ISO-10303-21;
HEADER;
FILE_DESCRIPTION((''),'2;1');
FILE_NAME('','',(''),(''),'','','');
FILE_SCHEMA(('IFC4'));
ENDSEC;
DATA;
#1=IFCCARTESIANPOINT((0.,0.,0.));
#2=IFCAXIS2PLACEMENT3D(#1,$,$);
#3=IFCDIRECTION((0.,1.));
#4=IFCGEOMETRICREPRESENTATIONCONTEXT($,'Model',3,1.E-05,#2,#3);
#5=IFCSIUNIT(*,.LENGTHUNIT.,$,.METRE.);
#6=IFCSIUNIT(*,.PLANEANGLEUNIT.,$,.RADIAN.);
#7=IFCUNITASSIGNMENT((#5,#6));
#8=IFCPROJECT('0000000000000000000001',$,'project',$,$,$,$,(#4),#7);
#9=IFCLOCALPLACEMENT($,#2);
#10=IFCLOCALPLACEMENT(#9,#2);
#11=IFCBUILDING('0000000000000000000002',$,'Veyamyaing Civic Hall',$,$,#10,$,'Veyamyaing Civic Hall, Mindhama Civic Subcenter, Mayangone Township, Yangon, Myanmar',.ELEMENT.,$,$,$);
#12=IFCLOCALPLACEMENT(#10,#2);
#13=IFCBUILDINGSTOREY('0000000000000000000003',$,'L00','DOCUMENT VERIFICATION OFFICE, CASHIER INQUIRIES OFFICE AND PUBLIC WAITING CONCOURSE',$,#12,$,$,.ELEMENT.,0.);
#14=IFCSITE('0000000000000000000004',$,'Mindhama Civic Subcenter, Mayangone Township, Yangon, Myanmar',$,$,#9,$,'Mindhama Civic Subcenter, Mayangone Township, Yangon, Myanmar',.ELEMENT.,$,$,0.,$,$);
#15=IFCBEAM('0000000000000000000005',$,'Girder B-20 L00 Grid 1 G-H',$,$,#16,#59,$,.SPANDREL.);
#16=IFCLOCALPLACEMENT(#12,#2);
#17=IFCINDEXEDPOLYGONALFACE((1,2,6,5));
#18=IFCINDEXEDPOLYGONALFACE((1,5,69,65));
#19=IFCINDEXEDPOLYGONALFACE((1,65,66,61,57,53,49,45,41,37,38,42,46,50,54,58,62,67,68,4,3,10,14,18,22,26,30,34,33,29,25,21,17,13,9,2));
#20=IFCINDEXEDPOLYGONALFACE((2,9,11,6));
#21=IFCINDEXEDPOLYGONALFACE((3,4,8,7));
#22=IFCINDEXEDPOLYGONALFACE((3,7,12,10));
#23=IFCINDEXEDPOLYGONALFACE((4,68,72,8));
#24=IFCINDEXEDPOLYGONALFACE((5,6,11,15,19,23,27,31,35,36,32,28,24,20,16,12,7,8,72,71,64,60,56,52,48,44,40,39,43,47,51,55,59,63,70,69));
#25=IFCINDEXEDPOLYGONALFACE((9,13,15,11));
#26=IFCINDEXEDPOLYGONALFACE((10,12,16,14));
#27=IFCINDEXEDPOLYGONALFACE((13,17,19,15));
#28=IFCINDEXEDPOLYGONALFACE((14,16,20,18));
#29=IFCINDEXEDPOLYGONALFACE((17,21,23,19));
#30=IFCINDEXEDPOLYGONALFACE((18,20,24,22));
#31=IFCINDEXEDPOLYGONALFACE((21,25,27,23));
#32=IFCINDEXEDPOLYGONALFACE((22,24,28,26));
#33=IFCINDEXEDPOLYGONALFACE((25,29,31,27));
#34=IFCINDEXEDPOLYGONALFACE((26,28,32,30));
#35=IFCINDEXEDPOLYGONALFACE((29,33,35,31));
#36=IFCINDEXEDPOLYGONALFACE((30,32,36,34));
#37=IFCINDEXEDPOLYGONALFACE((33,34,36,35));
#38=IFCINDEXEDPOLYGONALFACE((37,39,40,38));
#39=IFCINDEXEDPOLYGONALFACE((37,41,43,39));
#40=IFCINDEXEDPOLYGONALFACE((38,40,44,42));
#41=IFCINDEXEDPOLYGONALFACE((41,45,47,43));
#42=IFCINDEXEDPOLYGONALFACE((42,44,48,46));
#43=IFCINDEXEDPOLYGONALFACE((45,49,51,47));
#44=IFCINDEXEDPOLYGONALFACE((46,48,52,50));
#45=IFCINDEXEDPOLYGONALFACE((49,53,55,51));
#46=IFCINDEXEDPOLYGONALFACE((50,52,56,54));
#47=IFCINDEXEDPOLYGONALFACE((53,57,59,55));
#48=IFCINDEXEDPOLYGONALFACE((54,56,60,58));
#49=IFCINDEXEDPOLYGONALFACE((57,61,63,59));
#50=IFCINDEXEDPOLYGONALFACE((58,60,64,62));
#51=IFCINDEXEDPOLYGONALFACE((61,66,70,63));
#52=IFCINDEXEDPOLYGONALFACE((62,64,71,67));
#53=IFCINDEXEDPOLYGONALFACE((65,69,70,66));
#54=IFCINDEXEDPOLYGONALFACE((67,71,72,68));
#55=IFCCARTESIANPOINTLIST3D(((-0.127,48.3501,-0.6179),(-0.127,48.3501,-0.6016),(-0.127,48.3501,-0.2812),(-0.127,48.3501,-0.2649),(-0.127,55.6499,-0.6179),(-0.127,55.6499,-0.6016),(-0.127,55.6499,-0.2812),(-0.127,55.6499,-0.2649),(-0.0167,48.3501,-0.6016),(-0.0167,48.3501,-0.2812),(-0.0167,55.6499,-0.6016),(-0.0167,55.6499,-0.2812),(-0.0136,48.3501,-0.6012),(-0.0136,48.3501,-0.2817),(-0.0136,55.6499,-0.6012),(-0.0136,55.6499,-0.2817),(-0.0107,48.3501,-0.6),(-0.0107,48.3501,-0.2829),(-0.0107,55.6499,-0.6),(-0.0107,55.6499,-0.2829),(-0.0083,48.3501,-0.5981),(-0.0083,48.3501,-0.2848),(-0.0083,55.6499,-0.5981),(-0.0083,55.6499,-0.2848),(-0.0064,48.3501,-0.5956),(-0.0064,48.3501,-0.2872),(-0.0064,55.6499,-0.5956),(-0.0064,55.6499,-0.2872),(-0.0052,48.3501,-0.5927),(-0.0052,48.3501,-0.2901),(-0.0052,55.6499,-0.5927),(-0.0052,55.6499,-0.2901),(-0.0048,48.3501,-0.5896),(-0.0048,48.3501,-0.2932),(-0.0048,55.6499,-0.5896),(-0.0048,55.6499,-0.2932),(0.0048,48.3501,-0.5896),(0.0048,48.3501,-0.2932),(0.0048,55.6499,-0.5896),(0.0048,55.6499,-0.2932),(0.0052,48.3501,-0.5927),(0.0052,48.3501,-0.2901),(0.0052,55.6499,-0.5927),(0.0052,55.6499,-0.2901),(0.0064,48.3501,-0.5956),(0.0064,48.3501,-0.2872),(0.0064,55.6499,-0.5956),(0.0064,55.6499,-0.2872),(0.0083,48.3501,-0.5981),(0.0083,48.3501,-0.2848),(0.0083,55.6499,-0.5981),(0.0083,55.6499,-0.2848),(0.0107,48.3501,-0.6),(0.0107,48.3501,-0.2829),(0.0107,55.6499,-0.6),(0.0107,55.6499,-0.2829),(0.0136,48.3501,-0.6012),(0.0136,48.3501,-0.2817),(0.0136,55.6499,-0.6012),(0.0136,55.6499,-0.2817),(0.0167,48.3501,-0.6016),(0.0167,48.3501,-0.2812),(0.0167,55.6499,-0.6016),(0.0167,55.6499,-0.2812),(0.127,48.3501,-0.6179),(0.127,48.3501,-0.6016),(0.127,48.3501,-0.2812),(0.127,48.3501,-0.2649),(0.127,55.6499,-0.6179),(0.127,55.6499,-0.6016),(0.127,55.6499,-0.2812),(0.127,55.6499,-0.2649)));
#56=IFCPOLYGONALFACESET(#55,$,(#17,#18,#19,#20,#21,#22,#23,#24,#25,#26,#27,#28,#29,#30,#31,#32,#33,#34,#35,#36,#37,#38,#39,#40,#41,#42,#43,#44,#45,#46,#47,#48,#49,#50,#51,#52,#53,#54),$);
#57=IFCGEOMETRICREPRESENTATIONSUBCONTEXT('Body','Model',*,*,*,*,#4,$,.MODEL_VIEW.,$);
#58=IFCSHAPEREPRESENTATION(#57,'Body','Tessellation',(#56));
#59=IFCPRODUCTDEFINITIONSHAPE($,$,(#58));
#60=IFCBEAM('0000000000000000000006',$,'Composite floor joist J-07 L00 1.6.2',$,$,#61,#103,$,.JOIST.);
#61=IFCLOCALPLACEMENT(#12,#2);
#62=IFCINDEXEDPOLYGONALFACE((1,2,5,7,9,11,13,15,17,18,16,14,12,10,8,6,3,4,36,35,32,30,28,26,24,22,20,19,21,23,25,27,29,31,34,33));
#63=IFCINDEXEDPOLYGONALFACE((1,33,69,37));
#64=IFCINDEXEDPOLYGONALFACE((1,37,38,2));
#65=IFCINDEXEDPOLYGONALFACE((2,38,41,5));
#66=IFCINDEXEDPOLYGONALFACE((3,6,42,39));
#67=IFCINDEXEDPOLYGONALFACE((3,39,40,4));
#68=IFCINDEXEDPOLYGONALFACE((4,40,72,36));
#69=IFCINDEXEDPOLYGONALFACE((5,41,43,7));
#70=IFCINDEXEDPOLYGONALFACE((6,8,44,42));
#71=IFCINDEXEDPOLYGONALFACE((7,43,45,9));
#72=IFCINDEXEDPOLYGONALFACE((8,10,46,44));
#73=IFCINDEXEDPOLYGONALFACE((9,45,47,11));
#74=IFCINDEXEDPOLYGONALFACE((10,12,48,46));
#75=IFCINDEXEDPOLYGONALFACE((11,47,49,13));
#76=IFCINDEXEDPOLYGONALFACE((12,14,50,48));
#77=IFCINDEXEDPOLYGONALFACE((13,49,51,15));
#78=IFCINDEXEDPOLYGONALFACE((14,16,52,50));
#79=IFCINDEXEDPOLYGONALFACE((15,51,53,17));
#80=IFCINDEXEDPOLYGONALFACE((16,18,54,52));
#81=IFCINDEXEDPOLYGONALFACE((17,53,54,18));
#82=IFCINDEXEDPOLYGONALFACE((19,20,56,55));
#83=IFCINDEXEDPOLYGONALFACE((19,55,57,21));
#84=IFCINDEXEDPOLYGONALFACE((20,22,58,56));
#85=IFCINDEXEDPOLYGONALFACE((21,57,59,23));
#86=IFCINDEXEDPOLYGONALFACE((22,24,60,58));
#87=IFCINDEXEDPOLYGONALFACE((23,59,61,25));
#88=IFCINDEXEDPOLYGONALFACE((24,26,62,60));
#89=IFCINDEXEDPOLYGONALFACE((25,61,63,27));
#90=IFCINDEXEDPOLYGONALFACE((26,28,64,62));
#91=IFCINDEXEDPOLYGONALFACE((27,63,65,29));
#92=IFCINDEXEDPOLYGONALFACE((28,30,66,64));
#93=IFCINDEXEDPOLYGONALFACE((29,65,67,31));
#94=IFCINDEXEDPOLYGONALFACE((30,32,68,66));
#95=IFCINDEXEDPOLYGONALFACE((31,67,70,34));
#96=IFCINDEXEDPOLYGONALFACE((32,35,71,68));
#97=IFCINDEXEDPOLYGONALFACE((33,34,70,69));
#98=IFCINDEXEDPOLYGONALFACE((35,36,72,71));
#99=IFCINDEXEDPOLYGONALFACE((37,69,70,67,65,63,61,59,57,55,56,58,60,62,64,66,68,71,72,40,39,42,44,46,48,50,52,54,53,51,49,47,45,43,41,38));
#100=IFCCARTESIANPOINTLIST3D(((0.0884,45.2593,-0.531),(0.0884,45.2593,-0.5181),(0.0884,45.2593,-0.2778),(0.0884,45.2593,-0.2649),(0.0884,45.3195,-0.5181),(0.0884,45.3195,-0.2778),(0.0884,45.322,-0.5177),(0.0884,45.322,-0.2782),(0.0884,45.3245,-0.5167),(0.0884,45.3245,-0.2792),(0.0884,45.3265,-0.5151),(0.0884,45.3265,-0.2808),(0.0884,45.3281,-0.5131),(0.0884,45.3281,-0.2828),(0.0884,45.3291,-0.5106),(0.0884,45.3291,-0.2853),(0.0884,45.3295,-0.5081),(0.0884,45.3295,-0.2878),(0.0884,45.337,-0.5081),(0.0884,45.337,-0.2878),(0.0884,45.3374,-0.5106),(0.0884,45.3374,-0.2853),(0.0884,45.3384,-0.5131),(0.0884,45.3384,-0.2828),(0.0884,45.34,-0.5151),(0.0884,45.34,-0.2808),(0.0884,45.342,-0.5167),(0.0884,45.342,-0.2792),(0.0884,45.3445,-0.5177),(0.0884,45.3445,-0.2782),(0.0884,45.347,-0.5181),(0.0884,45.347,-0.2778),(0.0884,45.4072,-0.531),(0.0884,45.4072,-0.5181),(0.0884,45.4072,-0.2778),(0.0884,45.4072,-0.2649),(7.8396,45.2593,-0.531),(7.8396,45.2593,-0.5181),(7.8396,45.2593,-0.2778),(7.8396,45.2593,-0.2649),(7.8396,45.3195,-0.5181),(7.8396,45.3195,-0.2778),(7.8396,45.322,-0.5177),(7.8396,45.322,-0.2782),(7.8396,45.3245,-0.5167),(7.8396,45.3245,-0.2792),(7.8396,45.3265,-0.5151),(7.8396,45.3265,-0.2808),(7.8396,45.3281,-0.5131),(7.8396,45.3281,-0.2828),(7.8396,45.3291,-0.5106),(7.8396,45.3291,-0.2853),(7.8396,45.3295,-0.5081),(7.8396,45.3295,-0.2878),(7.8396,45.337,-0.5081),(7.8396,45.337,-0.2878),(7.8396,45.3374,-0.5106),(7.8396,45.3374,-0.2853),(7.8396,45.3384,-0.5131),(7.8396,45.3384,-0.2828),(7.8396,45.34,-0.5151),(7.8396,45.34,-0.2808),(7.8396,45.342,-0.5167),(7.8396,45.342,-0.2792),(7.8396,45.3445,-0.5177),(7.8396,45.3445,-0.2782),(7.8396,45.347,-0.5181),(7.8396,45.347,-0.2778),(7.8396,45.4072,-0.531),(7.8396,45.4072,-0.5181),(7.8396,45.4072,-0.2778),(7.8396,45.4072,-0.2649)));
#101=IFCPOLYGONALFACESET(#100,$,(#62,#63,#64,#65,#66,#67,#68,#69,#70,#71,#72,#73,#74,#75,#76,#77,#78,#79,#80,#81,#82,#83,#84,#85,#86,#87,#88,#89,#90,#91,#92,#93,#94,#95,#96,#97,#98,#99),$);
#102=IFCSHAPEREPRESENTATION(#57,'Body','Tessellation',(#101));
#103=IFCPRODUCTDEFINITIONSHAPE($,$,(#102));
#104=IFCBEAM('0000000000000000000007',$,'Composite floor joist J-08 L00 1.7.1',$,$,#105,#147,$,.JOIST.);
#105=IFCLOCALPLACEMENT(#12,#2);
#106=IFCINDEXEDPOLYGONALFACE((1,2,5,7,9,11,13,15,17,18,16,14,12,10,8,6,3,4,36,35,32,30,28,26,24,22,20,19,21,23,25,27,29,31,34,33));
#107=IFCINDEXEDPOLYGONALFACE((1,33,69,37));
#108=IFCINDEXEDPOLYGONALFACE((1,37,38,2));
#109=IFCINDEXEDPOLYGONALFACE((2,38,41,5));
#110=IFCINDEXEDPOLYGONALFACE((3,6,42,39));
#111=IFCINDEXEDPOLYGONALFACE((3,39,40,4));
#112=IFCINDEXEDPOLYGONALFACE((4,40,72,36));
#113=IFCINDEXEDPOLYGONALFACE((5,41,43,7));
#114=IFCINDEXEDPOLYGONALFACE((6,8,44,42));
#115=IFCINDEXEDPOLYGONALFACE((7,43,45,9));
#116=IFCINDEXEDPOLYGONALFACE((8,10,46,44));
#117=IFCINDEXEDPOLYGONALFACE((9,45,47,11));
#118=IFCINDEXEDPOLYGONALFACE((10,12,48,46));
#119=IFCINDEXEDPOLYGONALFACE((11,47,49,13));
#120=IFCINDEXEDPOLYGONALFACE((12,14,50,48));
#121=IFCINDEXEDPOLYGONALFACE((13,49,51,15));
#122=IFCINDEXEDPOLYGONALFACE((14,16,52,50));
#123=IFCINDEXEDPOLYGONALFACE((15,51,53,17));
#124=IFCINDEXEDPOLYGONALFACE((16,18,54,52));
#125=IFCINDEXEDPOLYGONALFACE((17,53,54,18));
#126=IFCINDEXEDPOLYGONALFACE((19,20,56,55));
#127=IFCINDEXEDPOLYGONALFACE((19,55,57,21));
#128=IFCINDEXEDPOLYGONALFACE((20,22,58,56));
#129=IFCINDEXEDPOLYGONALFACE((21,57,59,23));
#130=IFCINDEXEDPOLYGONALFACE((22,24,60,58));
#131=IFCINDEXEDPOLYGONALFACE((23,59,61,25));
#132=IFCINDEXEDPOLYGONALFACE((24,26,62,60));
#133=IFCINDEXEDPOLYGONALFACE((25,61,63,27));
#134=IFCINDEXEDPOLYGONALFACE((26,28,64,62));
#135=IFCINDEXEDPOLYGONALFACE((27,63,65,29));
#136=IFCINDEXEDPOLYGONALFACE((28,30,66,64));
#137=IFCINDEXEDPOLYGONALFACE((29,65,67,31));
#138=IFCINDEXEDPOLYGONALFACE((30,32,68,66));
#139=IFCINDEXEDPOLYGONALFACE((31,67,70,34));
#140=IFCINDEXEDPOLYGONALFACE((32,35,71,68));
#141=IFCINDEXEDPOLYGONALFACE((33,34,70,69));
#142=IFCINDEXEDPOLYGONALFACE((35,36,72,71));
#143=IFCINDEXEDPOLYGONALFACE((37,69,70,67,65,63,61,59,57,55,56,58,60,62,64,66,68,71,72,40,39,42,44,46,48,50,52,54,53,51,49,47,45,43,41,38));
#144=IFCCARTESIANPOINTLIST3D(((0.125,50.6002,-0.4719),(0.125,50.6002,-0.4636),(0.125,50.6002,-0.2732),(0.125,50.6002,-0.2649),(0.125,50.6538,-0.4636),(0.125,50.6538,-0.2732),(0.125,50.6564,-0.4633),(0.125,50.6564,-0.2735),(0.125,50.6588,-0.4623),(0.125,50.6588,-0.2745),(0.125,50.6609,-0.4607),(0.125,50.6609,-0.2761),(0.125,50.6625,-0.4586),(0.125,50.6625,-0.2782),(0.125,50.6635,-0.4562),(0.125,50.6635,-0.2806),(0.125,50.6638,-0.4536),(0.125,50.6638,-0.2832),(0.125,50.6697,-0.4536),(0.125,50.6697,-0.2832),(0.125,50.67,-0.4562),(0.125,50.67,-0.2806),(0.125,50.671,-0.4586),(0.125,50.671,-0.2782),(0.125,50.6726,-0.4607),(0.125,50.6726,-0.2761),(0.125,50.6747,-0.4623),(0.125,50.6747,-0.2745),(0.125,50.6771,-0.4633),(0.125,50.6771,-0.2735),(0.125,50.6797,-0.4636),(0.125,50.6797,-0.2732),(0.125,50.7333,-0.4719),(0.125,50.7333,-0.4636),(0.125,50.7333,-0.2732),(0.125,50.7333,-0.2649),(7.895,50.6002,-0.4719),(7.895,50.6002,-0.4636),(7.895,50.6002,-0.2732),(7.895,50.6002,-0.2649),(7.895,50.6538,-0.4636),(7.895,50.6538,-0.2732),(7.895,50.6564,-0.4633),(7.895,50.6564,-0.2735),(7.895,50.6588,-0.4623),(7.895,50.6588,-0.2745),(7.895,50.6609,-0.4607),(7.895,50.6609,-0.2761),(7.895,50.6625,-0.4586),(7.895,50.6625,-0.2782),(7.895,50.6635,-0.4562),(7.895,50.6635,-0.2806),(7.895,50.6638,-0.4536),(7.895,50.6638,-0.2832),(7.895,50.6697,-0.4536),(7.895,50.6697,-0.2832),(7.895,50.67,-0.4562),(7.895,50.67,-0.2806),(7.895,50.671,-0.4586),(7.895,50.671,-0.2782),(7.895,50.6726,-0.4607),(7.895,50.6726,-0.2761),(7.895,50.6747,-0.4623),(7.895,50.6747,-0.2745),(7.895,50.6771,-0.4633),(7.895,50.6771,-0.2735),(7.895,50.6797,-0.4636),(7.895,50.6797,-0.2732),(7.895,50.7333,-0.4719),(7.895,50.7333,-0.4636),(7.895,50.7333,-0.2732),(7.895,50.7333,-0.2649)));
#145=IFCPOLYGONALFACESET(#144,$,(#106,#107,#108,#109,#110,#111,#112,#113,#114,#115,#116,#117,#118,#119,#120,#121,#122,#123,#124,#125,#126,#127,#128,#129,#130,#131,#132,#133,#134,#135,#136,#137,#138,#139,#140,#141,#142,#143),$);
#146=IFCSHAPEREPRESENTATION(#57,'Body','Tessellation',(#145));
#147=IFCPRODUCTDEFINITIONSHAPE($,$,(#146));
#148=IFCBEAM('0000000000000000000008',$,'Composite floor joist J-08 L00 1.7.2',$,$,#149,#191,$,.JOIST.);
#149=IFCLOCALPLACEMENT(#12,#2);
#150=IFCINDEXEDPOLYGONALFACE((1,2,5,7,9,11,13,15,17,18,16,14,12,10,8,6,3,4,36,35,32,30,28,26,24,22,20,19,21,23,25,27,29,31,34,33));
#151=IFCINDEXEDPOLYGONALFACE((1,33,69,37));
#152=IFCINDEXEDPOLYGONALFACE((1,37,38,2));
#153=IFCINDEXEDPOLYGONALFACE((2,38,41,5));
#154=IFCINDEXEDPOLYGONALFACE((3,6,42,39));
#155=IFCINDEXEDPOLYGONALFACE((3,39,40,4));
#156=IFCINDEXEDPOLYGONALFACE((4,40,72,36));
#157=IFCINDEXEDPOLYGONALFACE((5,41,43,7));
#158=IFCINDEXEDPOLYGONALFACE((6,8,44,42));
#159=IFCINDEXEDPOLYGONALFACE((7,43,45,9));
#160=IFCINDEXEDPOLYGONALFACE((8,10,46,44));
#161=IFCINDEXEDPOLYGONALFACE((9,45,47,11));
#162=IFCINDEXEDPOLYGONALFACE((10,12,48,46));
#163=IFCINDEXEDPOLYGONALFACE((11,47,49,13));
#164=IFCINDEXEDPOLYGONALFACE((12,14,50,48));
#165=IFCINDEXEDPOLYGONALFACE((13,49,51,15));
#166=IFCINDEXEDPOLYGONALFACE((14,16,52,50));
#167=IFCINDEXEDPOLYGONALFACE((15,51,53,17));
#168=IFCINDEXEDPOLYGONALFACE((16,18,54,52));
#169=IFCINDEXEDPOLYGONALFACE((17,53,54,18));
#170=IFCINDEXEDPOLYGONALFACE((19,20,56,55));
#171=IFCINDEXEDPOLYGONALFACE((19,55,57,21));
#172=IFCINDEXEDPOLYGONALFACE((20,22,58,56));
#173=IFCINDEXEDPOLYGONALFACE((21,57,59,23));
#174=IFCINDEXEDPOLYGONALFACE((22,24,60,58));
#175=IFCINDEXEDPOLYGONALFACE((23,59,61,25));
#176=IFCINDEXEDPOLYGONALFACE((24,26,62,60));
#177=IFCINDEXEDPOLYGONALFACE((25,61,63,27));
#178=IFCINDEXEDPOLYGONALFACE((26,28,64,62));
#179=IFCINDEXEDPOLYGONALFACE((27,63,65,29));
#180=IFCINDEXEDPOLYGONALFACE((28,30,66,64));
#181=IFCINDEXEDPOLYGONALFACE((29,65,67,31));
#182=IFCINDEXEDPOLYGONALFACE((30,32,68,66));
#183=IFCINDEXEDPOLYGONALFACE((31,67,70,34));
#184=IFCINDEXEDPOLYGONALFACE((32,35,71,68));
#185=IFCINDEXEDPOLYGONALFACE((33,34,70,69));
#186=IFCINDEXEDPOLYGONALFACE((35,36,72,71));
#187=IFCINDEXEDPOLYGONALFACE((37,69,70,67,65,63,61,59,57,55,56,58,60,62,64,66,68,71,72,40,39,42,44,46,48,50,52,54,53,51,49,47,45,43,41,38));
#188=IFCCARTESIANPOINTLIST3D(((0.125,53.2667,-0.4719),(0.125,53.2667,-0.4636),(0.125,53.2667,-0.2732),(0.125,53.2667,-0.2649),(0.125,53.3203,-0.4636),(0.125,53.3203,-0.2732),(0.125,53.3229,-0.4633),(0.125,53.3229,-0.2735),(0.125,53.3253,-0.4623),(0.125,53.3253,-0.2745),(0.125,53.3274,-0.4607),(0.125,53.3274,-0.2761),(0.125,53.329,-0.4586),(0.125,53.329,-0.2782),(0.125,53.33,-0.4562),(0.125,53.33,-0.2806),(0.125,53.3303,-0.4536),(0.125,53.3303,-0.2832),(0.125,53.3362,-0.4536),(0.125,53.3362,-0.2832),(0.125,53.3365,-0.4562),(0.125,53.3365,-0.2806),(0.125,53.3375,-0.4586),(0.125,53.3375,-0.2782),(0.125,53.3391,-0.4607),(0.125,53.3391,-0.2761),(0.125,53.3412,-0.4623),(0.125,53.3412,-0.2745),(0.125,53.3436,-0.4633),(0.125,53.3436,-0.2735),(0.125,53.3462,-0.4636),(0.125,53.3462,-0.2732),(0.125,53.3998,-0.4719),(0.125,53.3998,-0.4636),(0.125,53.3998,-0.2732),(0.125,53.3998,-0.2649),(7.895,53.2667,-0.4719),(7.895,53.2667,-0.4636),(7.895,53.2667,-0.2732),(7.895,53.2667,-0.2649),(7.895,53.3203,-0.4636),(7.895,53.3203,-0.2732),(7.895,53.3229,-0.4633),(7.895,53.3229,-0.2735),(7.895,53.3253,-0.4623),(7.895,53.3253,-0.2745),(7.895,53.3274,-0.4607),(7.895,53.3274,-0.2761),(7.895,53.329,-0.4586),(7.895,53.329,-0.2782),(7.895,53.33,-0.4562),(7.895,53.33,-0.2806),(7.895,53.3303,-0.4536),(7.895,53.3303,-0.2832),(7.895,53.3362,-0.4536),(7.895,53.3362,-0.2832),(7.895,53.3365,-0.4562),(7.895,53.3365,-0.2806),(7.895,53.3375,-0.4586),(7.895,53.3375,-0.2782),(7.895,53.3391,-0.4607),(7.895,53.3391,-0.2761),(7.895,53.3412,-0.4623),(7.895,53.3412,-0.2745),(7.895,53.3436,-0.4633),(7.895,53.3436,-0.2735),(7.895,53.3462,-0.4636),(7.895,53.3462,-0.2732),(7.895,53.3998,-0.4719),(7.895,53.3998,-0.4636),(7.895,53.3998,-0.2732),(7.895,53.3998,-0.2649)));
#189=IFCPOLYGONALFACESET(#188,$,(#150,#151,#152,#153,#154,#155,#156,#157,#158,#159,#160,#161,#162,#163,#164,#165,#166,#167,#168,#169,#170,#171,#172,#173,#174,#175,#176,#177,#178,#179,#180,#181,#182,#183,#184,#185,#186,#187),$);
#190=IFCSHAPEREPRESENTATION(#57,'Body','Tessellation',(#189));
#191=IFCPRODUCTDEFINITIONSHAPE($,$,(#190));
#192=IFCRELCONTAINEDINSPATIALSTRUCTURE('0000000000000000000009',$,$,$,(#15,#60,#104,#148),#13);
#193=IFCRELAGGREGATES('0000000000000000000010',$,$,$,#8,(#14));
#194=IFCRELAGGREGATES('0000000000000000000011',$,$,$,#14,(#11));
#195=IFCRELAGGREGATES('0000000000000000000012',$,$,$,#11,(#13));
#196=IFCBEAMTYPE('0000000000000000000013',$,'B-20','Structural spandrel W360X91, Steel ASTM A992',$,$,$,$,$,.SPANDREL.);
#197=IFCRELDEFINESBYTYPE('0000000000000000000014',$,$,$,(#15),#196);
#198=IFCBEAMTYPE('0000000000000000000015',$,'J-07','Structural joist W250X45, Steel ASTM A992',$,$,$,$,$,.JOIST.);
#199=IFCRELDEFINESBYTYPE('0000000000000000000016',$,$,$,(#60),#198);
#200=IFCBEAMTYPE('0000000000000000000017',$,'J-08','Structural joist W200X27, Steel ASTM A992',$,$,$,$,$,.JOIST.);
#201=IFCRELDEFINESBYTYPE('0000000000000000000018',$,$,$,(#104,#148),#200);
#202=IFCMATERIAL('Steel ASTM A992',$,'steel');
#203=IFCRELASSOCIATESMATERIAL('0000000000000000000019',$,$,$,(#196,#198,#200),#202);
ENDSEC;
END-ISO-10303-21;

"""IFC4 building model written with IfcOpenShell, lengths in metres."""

from ifc_helpers import new_model, si_unit, direction, frame, origin, origin_2d, place, context, subcontext, project, spatial, i_section, extrude, material, material_profile, profile_set, type_object, element, save


model = new_model("IFC4")

# Units and contexts
model_context = context("Model", 3, precision=1e-05, world=origin(), true_north=direction((0.0, 1.0)))
body_context = subcontext(model_context, "Body", "Model", "MODEL_VIEW")
ifc_project = project(units=[si_unit("LENGTHUNIT", "METRE"), si_unit("PLANEANGLEUNIT", "RADIAN")], contexts=[model_context])

# Site, building, storey
site_placement = place(None, origin())
site = spatial("IfcSite", under=ifc_project, at=site_placement, Name="Mindhama Civic Subcenter, Mayangone Township, Yangon, Myanmar", LongName="Mindhama Civic Subcenter, Mayangone Township, Yangon, Myanmar", CompositionType="ELEMENT", RefElevation=0.0)
building_placement = place(site_placement, origin())
building = spatial("IfcBuilding", under=site, at=building_placement, Name="Veyamyaing Civic Hall", LongName="Veyamyaing Civic Hall, Mindhama Civic Subcenter, Mayangone Township, Yangon, Myanmar", CompositionType="ELEMENT")
storey_placement = place(building_placement, origin())
storey = spatial("IfcBuildingStorey", under=building, at=storey_placement, Name="L00", Description="DOCUMENT VERIFICATION OFFICE, CASHIER INQUIRIES OFFICE AND PUBLIC WAITING CONCOURSE", CompositionType="ELEMENT", Elevation=0.0)

# Beams
ifc_material_1 = material(Name="Steel ASTM A992", Category="steel")
ifc_material_profile_1 = material_profile(ifc_material_1, i_section(OverallWidth=0.2539, OverallDepth=0.353, WebThickness=0.0095, FlangeThickness=0.0164, FilletRadius=0.012, at=origin_2d()), Name="W360X91")
ifc_profile_set_1 = profile_set([ifc_material_profile_1], Name="Steel ASTM A992")
beam_type_1 = type_object("IfcBeamType", Name="B-20", Description="Structural spandrel W360X91, Steel ASTM A992", PredefinedType="SPANDREL", material=ifc_profile_set_1)
beam_1_placement = place(storey_placement, frame((0.0, 48.3501, -0.4414), z_axis=(0.0, 1.0, 0.0), x_axis=(-1.0, 0.0, 0.0)))
element("IfcBeam", 1, at=beam_1_placement, inside=storey, type_object=beam_type_1, Name="Girder B-20 L00 Grid 1 G-H", PredefinedType="SPANDREL", context=body_context, shape_type="SweptSolid", body=[
    extrude(i_section(OverallWidth=0.2539, OverallDepth=0.353, WebThickness=0.0095, FlangeThickness=0.0164, FilletRadius=0.012, at=origin_2d()), origin(), (0.0, 0.0, 1.0), 7.2998),
])
ifc_material_profile_2 = material_profile(ifc_material_1, i_section(OverallWidth=0.1479, OverallDepth=0.2661, WebThickness=0.0076, FlangeThickness=0.0129, FilletRadius=0.01, at=origin_2d()), Name="W250X45")
ifc_profile_set_2 = profile_set([ifc_material_profile_2], Name="Steel ASTM A992")
beam_type_2 = type_object("IfcBeamType", Name="J-07", Description="Structural joist W250X45, Steel ASTM A992", PredefinedType="JOIST", material=ifc_profile_set_2)
beam_2_placement = place(storey_placement, frame((0.0884, 45.3333, -0.3979), z_axis=(1.0, 0.0, 0.0), x_axis=(0.0, 1.0, 0.0)))
element("IfcBeam", 2, at=beam_2_placement, inside=storey, type_object=beam_type_2, Name="Composite floor joist J-07 L00 1.6.2", PredefinedType="JOIST", context=body_context, shape_type="SweptSolid", body=[
    extrude(i_section(OverallWidth=0.1479, OverallDepth=0.2661, WebThickness=0.0076, FlangeThickness=0.0129, FilletRadius=0.01, at=origin_2d()), origin(), (0.0, 0.0, 1.0), 7.7512),
])
ifc_material_profile_3 = material_profile(ifc_material_1, i_section(OverallWidth=0.1331, OverallDepth=0.207, WebThickness=0.0059, FlangeThickness=0.0083, FilletRadius=0.01, at=origin_2d()), Name="W200X27")
ifc_profile_set_3 = profile_set([ifc_material_profile_3], Name="Steel ASTM A992")
beam_type_3 = type_object("IfcBeamType", Name="J-08", Description="Structural joist W200X27, Steel ASTM A992", PredefinedType="JOIST", material=ifc_profile_set_3)
for number, where, z_axis, x_axis, name in (
    (3, (0.125, 50.6667, -0.3684), (1.0, 0.0, 0.0), (0.0, 1.0, 0.0), "Composite floor joist J-08 L00 1.7.1"),
    (4, (0.125, 53.3333, -0.3684), (1.0, 0.0, 0.0), (0.0, 1.0, 0.0), "Composite floor joist J-08 L00 1.7.2"),
):
    element("IfcBeam", number, at=place(storey_placement, frame(where, z_axis=z_axis, x_axis=x_axis)), inside=storey, type_object=beam_type_3, Name=name, PredefinedType="JOIST", context=body_context, shape_type="SweptSolid", body=[
        extrude(i_section(OverallWidth=0.1331, OverallDepth=0.207, WebThickness=0.0059, FlangeThickness=0.0083, FilletRadius=0.01, at=origin_2d()), origin(), (0.0, 0.0, 1.0), 7.77),
    ])

save(model, "model.ifc")
